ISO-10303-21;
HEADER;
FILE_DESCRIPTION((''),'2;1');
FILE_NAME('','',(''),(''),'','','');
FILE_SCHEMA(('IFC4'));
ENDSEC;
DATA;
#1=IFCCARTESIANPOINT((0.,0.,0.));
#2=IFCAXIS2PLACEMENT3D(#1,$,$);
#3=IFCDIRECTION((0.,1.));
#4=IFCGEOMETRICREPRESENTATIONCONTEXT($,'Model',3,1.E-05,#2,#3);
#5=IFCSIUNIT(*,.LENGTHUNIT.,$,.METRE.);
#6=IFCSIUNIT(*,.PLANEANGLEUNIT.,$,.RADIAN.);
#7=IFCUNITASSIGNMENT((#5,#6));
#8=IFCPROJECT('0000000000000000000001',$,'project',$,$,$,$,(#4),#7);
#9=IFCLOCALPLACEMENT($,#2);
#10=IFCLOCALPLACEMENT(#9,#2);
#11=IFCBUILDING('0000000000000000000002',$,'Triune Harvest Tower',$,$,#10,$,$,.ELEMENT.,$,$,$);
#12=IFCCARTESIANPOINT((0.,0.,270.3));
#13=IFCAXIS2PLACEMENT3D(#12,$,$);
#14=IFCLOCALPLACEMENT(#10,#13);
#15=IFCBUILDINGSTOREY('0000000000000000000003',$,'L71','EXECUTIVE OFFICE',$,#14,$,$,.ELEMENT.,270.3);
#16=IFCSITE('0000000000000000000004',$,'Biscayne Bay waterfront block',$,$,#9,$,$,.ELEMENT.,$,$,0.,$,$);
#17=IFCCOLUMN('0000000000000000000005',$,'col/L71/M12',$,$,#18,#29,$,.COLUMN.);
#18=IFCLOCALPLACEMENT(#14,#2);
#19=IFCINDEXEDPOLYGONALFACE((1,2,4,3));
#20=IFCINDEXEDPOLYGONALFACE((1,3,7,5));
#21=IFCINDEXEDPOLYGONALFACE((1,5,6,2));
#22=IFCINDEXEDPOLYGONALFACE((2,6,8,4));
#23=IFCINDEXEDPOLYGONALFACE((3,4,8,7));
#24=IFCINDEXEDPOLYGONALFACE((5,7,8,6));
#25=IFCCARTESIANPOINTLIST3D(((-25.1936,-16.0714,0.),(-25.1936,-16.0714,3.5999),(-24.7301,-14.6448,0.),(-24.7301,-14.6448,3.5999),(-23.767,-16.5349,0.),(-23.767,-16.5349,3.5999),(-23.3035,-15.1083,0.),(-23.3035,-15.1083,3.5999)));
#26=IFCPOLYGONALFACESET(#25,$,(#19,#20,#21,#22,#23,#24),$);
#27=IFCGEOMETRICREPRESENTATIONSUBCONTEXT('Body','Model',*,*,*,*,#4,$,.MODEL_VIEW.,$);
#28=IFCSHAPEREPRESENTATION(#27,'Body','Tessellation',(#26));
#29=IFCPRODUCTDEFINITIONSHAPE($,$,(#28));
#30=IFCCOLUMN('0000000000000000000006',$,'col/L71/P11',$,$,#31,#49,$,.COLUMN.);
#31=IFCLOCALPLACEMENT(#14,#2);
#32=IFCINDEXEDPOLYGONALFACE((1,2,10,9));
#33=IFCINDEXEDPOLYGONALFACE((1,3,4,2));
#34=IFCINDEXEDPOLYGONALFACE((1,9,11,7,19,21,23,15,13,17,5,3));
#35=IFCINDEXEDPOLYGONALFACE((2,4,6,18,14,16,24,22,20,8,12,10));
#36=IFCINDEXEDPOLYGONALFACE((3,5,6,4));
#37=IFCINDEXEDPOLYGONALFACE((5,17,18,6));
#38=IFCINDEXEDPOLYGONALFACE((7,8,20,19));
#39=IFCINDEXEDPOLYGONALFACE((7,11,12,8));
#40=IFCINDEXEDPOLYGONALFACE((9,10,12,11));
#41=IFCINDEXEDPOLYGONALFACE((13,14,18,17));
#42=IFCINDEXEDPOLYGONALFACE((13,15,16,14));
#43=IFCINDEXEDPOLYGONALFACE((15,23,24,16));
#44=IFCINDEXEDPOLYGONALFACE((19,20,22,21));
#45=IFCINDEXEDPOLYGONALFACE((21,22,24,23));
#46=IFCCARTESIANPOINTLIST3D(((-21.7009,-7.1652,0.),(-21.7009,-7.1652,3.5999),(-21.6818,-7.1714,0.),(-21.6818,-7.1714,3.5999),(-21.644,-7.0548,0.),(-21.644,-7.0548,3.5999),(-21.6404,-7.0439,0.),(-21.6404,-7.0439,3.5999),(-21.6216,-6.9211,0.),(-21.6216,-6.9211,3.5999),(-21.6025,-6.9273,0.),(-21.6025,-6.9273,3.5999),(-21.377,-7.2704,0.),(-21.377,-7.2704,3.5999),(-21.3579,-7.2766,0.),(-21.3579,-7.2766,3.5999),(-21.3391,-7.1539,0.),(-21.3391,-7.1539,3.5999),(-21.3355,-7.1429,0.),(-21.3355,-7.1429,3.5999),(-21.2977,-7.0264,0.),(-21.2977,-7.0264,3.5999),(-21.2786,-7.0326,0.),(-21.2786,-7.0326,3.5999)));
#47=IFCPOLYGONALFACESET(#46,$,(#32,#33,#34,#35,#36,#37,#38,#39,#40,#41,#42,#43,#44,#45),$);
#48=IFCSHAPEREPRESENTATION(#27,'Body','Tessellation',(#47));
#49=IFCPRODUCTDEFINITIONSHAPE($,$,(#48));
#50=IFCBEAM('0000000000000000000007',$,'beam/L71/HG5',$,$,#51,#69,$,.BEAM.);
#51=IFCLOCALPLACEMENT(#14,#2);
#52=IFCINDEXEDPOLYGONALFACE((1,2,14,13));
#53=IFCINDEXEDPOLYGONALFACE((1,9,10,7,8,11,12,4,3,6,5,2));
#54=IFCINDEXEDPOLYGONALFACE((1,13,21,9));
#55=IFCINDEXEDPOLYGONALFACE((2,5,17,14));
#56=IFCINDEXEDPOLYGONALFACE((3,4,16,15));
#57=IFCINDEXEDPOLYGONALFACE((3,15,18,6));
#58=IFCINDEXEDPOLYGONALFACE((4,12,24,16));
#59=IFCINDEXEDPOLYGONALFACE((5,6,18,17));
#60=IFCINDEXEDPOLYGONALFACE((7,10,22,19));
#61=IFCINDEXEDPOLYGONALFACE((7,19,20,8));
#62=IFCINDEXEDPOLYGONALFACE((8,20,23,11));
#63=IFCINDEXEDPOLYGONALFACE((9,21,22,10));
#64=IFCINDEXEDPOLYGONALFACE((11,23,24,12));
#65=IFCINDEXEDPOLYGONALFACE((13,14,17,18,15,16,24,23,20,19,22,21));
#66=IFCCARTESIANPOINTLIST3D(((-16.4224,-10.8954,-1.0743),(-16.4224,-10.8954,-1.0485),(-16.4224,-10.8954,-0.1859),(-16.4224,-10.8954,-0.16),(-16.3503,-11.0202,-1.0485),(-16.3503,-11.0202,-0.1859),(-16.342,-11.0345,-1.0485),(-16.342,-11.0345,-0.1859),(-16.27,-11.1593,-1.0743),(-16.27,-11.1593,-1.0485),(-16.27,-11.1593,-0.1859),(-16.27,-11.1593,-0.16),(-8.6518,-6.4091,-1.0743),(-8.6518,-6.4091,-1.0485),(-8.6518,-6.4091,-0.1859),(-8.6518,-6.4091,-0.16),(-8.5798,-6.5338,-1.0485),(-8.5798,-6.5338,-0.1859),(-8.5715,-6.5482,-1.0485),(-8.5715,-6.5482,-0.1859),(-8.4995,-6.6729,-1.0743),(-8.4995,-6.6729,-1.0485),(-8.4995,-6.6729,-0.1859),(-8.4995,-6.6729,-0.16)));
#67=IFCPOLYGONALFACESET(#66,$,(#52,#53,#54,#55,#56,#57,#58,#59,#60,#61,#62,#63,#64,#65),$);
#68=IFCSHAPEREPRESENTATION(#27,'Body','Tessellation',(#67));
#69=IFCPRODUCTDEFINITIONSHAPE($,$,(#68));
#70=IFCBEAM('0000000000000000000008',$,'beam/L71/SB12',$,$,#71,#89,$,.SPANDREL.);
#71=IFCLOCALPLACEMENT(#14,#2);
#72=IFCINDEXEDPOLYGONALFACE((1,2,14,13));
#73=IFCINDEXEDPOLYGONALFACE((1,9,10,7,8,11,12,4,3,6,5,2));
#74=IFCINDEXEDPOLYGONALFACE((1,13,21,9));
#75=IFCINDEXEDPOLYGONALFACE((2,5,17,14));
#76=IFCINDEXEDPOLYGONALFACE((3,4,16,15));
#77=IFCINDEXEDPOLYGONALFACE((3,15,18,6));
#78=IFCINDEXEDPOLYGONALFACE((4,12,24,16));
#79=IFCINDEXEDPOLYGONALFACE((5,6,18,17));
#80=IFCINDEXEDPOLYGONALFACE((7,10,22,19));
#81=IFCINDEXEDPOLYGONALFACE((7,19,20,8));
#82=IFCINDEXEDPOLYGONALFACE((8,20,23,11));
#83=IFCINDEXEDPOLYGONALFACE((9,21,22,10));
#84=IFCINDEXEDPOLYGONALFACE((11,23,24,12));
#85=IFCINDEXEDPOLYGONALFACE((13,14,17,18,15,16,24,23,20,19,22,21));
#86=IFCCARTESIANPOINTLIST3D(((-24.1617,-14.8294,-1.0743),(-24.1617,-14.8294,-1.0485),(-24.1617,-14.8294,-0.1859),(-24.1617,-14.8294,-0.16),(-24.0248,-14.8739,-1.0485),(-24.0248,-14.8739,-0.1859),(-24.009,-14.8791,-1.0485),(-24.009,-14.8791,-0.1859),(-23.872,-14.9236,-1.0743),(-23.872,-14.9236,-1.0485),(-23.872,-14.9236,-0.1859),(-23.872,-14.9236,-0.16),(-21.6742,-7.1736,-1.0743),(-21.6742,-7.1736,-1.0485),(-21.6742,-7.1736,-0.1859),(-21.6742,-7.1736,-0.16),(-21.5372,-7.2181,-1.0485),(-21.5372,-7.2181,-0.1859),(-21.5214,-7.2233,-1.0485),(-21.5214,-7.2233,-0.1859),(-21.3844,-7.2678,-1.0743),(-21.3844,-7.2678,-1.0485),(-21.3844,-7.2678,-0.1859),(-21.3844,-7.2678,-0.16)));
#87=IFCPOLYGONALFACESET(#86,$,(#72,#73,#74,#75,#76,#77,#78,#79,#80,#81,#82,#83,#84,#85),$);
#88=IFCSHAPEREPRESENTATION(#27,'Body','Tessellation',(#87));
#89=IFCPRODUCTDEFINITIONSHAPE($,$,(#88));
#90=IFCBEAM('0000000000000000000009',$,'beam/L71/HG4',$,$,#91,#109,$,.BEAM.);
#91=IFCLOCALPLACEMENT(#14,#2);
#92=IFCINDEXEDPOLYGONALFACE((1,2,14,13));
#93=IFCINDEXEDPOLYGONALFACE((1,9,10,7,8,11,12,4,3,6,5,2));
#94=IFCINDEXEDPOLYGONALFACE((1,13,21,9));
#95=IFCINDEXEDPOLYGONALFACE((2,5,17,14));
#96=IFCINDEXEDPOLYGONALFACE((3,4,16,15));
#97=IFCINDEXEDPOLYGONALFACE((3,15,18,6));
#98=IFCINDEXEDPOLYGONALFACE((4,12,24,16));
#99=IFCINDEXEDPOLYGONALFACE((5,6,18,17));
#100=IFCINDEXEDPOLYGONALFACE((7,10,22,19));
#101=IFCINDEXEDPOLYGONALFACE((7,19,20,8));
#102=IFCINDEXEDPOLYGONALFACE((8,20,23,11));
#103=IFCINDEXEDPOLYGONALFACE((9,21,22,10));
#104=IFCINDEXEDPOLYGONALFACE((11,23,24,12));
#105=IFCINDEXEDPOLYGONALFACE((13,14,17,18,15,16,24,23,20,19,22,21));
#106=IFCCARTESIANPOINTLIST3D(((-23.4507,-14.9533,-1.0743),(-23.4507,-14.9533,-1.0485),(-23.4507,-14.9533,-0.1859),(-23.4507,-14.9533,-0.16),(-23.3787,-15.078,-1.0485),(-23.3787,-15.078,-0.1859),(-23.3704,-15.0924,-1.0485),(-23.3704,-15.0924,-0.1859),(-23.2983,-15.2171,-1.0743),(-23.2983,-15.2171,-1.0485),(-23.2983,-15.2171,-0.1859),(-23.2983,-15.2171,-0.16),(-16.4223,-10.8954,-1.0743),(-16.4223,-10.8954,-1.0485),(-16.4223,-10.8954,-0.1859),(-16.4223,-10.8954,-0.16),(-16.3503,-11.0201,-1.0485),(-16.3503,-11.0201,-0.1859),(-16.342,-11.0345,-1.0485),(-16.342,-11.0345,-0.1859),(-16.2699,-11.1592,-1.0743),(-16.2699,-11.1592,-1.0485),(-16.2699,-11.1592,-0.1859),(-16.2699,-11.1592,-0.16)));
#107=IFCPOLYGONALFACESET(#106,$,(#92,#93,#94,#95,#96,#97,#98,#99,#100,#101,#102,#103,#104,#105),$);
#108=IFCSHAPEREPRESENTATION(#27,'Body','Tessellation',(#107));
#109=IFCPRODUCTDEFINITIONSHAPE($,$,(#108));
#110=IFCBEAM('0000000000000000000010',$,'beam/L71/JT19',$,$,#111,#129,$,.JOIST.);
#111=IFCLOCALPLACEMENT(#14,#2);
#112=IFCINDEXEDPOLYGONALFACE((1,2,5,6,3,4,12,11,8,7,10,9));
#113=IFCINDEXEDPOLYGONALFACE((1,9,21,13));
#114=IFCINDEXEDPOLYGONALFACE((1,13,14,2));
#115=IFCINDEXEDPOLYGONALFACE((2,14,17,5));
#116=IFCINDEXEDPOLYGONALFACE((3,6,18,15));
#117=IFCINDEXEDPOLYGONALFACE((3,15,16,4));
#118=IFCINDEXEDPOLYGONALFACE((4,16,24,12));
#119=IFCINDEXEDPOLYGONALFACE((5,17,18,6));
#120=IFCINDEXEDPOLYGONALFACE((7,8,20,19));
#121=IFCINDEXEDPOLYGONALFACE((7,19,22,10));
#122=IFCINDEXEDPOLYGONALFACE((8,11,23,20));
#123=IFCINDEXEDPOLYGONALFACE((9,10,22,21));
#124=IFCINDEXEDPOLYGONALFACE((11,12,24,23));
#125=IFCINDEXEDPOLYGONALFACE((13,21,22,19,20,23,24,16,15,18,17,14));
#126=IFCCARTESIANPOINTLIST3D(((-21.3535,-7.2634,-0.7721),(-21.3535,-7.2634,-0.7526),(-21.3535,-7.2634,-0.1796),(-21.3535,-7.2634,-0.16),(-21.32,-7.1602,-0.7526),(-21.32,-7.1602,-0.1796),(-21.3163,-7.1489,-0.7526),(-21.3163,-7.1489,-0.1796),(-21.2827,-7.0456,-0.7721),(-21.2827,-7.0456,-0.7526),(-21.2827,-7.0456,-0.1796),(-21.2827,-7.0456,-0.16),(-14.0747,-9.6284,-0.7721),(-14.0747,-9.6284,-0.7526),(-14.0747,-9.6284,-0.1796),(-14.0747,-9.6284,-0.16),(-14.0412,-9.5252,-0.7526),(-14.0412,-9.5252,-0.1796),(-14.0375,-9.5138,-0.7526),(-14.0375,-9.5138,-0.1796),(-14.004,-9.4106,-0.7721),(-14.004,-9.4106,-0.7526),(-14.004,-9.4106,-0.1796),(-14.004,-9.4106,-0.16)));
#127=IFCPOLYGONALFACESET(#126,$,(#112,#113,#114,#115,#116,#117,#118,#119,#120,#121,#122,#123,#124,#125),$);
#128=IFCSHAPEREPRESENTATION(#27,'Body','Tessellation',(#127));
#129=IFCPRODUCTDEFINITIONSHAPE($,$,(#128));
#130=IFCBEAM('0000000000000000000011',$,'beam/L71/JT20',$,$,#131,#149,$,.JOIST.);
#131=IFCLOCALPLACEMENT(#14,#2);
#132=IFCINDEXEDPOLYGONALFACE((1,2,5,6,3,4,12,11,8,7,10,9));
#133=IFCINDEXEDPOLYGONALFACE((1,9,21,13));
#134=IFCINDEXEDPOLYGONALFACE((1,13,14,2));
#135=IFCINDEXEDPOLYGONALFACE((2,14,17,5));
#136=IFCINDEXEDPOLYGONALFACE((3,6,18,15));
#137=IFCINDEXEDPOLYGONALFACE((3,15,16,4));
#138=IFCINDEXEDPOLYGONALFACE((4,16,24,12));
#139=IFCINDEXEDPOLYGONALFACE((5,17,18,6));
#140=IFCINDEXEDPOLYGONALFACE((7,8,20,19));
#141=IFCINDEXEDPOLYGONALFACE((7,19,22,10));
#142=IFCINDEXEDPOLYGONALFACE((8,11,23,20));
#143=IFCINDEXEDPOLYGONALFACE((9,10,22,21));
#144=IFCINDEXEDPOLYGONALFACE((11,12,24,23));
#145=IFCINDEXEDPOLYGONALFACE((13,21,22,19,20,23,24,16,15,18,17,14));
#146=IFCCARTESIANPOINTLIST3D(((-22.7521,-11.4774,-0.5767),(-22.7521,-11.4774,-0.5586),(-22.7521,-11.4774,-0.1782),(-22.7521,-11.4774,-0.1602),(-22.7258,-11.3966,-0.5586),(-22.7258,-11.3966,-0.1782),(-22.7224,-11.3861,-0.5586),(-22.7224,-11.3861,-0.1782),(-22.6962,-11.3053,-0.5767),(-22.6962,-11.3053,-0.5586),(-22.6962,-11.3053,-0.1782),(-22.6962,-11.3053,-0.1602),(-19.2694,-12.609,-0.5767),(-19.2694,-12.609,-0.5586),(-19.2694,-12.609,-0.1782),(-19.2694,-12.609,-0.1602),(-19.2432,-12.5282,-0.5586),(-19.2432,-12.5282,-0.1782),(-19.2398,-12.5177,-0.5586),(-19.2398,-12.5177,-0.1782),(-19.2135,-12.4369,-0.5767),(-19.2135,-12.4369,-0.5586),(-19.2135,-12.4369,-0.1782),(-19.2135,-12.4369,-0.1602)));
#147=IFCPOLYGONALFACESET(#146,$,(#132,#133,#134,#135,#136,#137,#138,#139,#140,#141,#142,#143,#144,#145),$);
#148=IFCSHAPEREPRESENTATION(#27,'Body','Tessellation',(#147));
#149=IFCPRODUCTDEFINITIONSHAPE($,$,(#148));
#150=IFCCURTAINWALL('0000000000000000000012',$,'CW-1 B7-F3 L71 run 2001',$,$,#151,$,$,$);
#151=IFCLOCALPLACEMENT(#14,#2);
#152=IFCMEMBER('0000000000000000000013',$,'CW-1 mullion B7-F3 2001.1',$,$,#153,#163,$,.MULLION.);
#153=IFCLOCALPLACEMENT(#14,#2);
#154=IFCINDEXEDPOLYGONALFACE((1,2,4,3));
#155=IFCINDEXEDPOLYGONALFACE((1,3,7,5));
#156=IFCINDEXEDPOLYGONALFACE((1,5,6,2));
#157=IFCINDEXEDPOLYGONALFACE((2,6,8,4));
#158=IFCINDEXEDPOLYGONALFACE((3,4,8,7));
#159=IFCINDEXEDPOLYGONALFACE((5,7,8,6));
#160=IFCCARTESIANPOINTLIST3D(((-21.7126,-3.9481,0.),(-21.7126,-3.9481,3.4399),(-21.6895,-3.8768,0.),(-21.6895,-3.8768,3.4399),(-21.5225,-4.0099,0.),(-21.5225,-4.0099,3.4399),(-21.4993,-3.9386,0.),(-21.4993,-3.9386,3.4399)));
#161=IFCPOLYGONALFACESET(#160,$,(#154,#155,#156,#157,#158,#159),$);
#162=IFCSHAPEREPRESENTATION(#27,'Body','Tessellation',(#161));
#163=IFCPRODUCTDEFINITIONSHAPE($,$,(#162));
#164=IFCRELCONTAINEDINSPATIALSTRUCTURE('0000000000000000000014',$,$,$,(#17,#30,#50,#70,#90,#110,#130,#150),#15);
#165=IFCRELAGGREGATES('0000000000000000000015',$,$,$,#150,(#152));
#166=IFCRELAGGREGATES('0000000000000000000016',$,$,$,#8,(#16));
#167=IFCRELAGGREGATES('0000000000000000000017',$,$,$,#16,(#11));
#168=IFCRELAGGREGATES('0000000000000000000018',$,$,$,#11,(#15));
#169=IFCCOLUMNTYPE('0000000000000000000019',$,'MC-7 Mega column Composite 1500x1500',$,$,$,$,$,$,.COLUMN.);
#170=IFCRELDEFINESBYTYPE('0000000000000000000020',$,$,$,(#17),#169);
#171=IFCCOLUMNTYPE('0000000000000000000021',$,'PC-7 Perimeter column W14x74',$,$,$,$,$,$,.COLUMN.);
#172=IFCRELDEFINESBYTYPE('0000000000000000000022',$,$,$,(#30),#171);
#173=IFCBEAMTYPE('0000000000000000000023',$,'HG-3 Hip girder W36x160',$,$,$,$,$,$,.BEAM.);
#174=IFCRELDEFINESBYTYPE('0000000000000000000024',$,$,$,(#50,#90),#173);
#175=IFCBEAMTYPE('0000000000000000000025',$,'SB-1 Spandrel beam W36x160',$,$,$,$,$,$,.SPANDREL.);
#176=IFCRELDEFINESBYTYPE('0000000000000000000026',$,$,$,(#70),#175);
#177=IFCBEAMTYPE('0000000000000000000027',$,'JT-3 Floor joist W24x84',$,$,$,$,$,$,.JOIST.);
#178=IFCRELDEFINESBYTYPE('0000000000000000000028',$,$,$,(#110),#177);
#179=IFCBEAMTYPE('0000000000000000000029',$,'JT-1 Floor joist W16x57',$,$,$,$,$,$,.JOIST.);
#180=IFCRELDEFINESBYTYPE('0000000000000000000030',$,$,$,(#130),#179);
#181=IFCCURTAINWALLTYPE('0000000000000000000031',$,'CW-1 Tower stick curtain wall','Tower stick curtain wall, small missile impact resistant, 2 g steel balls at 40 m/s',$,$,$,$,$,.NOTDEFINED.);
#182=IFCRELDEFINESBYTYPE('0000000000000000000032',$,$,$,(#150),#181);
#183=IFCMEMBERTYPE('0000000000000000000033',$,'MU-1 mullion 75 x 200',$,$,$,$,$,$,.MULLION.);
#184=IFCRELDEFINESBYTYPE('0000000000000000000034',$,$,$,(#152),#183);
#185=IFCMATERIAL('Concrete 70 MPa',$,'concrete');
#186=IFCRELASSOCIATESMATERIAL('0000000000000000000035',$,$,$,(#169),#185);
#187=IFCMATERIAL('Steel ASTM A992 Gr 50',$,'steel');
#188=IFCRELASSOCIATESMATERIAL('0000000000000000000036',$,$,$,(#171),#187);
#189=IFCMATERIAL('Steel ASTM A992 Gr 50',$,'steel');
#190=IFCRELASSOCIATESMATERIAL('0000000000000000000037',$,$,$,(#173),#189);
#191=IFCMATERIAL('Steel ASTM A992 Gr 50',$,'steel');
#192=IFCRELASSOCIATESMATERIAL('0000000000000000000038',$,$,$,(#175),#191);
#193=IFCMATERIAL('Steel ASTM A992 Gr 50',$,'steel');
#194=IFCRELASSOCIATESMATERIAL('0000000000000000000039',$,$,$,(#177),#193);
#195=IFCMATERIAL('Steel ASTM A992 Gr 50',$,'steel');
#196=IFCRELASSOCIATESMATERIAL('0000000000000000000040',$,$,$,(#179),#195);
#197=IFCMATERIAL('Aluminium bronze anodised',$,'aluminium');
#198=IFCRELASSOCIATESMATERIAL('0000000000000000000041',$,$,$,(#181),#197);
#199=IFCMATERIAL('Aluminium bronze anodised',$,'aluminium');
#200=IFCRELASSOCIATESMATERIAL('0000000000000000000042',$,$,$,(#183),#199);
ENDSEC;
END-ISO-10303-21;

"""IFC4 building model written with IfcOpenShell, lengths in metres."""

from ifc_helpers import new_model, si_unit, direction, frame, origin, origin_2d, place, context, subcontext, project, spatial, rectangle, i_section, extrude, source, transform, mapped, material, material_profile, profile_set, type_object, element, aggregate, save


model = new_model("IFC4")

# Units and contexts
model_context = context("Model", 3, precision=1e-05, world=origin(), true_north=direction((0.0, 1.0)))
body_context = subcontext(model_context, "Body", "Model", "MODEL_VIEW")
ifc_project = project(units=[si_unit("LENGTHUNIT", "METRE"), si_unit("PLANEANGLEUNIT", "RADIAN")], contexts=[model_context])

# Site, building, storey
site_placement = place(None, origin())
site = spatial("IfcSite", under=ifc_project, at=site_placement, Name="Biscayne Bay waterfront block", CompositionType="ELEMENT", RefElevation=0.0)
building_placement = place(site_placement, origin())
building = spatial("IfcBuilding", under=site, at=building_placement, Name="Triune Harvest Tower", CompositionType="ELEMENT")
storey_placement = place(building_placement, frame((0.0, 0.0, 270.3)))
storey = spatial("IfcBuildingStorey", under=building, at=storey_placement, Name="L71", Description="EXECUTIVE OFFICE", CompositionType="ELEMENT", Elevation=270.3)

# Columns
ifc_material_1 = material(Name="Concrete 70 MPa", Category="concrete")
ifc_material_profile_1 = material_profile(ifc_material_1, rectangle(XDim=1.5, YDim=1.5, at=origin_2d()), Name="Composite 1500x1500")
ifc_profile_set_1 = profile_set([ifc_material_profile_1], Name="Concrete 70 MPa")
column_type_1 = type_object("IfcColumnType", Name="MC-7 Mega column Composite 1500x1500", PredefinedType="COLUMN", material=ifc_profile_set_1)
shared_shape_1 = source(origin(), body_context, "Body", "SweptSolid", [
    extrude(rectangle(XDim=1.5, YDim=1.5, at=origin_2d()), origin(), (0.0, 0.0, 1.0), 3.5999),
])
column_1_placement = place(storey_placement, frame((-24.2485, -15.5898, 0.0), z_axis=(0.0, 0.0, 1.0), x_axis=(-0.309015, -0.951057, 0.0)))
element("IfcColumn", 1, at=column_1_placement, inside=storey, type_object=column_type_1, Name="col/L71/M12", PredefinedType="COLUMN", context=body_context, shape_type="MappedRepresentation", body=[
    mapped(shared_shape_1, transform((0.0, 0.0, 0.0), scale=1.0)),
])
ifc_material_2 = material(Name="Steel ASTM A992 Gr 50", Category="steel")
ifc_material_profile_2 = material_profile(ifc_material_2, i_section(OverallWidth=0.2566, OverallDepth=0.3606, WebThickness=0.0115, FlangeThickness=0.02, at=origin_2d()), Name="W14x74")
ifc_profile_set_2 = profile_set([ifc_material_profile_2], Name="Steel ASTM A992 Gr 50")
column_type_2 = type_object("IfcColumnType", Name="PC-7 Perimeter column W14x74", PredefinedType="COLUMN", material=ifc_profile_set_2)
shared_shape_2 = source(origin(), body_context, "Body", "SweptSolid", [
    extrude(i_section(OverallWidth=0.2566, OverallDepth=0.3606, WebThickness=0.0115, FlangeThickness=0.02, at=origin_2d()), origin(), (0.0, 0.0, 1.0), 3.5999),
])
column_2_placement = place(storey_placement, frame((-21.4897, -7.0989, 0.0), z_axis=(0.0, 0.0, 1.0), x_axis=(-0.309015, -0.951057, 0.0)))
element("IfcColumn", 2, at=column_2_placement, inside=storey, type_object=column_type_2, Name="col/L71/P11", PredefinedType="COLUMN", context=body_context, shape_type="MappedRepresentation", body=[
    mapped(shared_shape_2, transform((0.0, 0.0, 0.0), scale=1.0)),
])

# Beams
ifc_material_3 = material(Name="Steel ASTM A992 Gr 50", Category="steel")
ifc_material_profile_3 = material_profile(ifc_material_3, i_section(OverallWidth=0.3047, OverallDepth=0.9143, WebThickness=0.0166, FlangeThickness=0.0259, at=origin_2d()), Name="W36x160")
ifc_profile_set_3 = profile_set([ifc_material_profile_3], Name="Steel ASTM A992 Gr 50")
beam_type_1 = type_object("IfcBeamType", Name="HG-3 Hip girder W36x160", PredefinedType="BEAM", material=ifc_profile_set_3)
shared_shape_3 = source(origin(), body_context, "Body", "SweptSolid", [
    extrude(i_section(OverallWidth=0.3047, OverallDepth=0.9143, WebThickness=0.0166, FlangeThickness=0.0259, at=origin_2d()), origin(), (0.0, 0.0, 1.0), 8.9727),
])
beam_1_placement = place(storey_placement, frame((-16.3462, -11.0273, -0.6172), z_axis=(0.866024, 0.500002, 0.0), x_axis=(-0.500002, 0.866024, 0.0)))
element("IfcBeam", 3, at=beam_1_placement, inside=storey, type_object=beam_type_1, Name="beam/L71/HG5", PredefinedType="BEAM", context=body_context, shape_type="MappedRepresentation", body=[
    mapped(shared_shape_3, transform((0.0, 0.0, 0.0), scale=1.0)),
])
ifc_material_4 = material(Name="Steel ASTM A992 Gr 50", Category="steel")
ifc_material_profile_4 = material_profile(ifc_material_4, i_section(OverallWidth=0.3047, OverallDepth=0.9143, WebThickness=0.0166, FlangeThickness=0.0259, at=origin_2d()), Name="W36x160")
ifc_profile_set_4 = profile_set([ifc_material_profile_4], Name="Steel ASTM A992 Gr 50")
beam_type_2 = type_object("IfcBeamType", Name="SB-1 Spandrel beam W36x160", PredefinedType="SPANDREL", material=ifc_profile_set_4)
shared_shape_4 = source(origin(), body_context, "Body", "SweptSolid", [
    extrude(i_section(OverallWidth=0.3047, OverallDepth=0.9143, WebThickness=0.0166, FlangeThickness=0.0259, at=origin_2d()), origin(), (0.0, 0.0, 1.0), 8.0498),
])
beam_2_placement = place(storey_placement, frame((-21.5293, -7.2207, -0.6172), z_axis=(-0.309022, -0.951055, 0.0), x_axis=(0.951055, -0.309022, 0.0)))
element("IfcBeam", 4, at=beam_2_placement, inside=storey, type_object=beam_type_2, Name="beam/L71/SB12", PredefinedType="SPANDREL", context=body_context, shape_type="MappedRepresentation", body=[
    mapped(shared_shape_4, transform((0.0, 0.0, 0.0), scale=1.0)),
])
shared_shape_5 = source(origin(), body_context, "Body", "SweptSolid", [
    extrude(i_section(OverallWidth=0.3047, OverallDepth=0.9143, WebThickness=0.0166, FlangeThickness=0.0259, at=origin_2d()), origin(), (0.0, 0.0, 1.0), 8.1157),
])
beam_3_placement = place(storey_placement, frame((-23.3745, -15.0852, -0.6172), z_axis=(0.866022, 0.500005, 0.0), x_axis=(-0.500005, 0.866022, 0.0)))
element("IfcBeam", 5, at=beam_3_placement, inside=storey, type_object=beam_type_1, Name="beam/L71/HG4", PredefinedType="BEAM", context=body_context, shape_type="MappedRepresentation", body=[
    mapped(shared_shape_5, transform((0.0, 0.0, 0.0), scale=1.0)),
])
ifc_material_5 = material(Name="Steel ASTM A992 Gr 50", Category="steel")
ifc_material_profile_5 = material_profile(ifc_material_5, i_section(OverallWidth=0.229, OverallDepth=0.6121, WebThickness=0.012, FlangeThickness=0.0195, at=origin_2d()), Name="W24x84")
ifc_profile_set_5 = profile_set([ifc_material_profile_5], Name="Steel ASTM A992 Gr 50")
beam_type_3 = type_object("IfcBeamType", Name="JT-3 Floor joist W24x84", PredefinedType="JOIST", material=ifc_profile_set_5)
shared_shape_6 = source(origin(), body_context, "Body", "SweptSolid", [
    extrude(i_section(OverallWidth=0.229, OverallDepth=0.6121, WebThickness=0.012, FlangeThickness=0.0195, at=origin_2d()), origin(), (0.0, 0.0, 1.0), 7.6533),
])
beam_4_placement = place(storey_placement, frame((-21.3181, -7.1545, -0.4661), z_axis=(0.951058, -0.309012, 0.0), x_axis=(0.309012, 0.951058, 0.0)))
element("IfcBeam", 6, at=beam_4_placement, inside=storey, type_object=beam_type_3, Name="beam/L71/JT19", PredefinedType="JOIST", context=body_context, shape_type="MappedRepresentation", body=[
    mapped(shared_shape_6, transform((0.0, 0.0, 0.0), scale=1.0)),
])
ifc_material_6 = material(Name="Steel ASTM A992 Gr 50", Category="steel")
ifc_material_profile_6 = material_profile(ifc_material_6, i_section(OverallWidth=0.1809, OverallDepth=0.4165, WebThickness=0.011, FlangeThickness=0.0181, at=origin_2d()), Name="W16x57")
ifc_profile_set_6 = profile_set([ifc_material_profile_6], Name="Steel ASTM A992 Gr 50")
beam_type_4 = type_object("IfcBeamType", Name="JT-1 Floor joist W16x57", PredefinedType="JOIST", material=ifc_profile_set_6)
shared_shape_7 = source(origin(), body_context, "Body", "SweptSolid", [
    extrude(i_section(OverallWidth=0.1809, OverallDepth=0.4165, WebThickness=0.011, FlangeThickness=0.0181, at=origin_2d()), origin(), (0.0, 0.0, 1.0), 3.6619),
])
beam_5_placement = place(storey_placement, frame((-22.7241, -11.3914, -0.3684), z_axis=(0.951056, -0.309018, 0.0), x_axis=(0.309018, 0.951056, 0.0)))
element("IfcBeam", 7, at=beam_5_placement, inside=storey, type_object=beam_type_4, Name="beam/L71/JT20", PredefinedType="JOIST", context=body_context, shape_type="MappedRepresentation", body=[
    mapped(shared_shape_7, transform((0.0, 0.0, 0.0), scale=1.0)),
])

# Curtain wall, member
ifc_material_7 = material(Name="Aluminium bronze anodised", Category="aluminium")
curtain_wall_type = type_object("IfcCurtainWallType", Name="CW-1 Tower stick curtain wall", Description="Tower stick curtain wall, small missile impact resistant, 2 g steel balls at 40 m/s", PredefinedType="NOTDEFINED", material=ifc_material_7)
curtain_wall_1_placement = place(storey_placement, origin())
curtain_wall_1 = element("IfcCurtainWall", 8, at=curtain_wall_1_placement, inside=storey, type_object=curtain_wall_type, Name="CW-1 B7-F3 L71 run 2001")
ifc_material_8 = material(Name="Aluminium bronze anodised", Category="aluminium")
ifc_material_profile_7 = material_profile(ifc_material_8, rectangle(XDim=0.2, YDim=0.075, at=origin_2d()), Name="MU-1 mullion 75 x 200")
ifc_profile_set_7 = profile_set([ifc_material_profile_7], Name="Aluminium bronze anodised")
member_type_1 = type_object("IfcMemberType", Name="MU-1 mullion 75 x 200", PredefinedType="MULLION", material=ifc_profile_set_7)
shared_shape_8 = source(origin(), body_context, "Body", "SweptSolid", [
    extrude(rectangle(XDim=0.2, YDim=0.075, at=origin_2d()), origin(), (0.0, 0.0, 1.0), 3.4399),
])
member_1_placement = place(storey_placement, frame((-21.606, -3.9434, 0.0), z_axis=(0.0, 0.0, 1.0), x_axis=(0.951058, -0.309013, 0.0)))
member_1 = element("IfcMember", 9, at=member_1_placement, type_object=member_type_1, Name="CW-1 mullion B7-F3 2001.1", PredefinedType="MULLION", context=body_context, shape_type="MappedRepresentation", body=[
    mapped(shared_shape_8, transform((0.0, 0.0, 0.0), scale=1.0)),
])

aggregate(curtain_wall_1, [member_1])

save(model, "model.ifc")
